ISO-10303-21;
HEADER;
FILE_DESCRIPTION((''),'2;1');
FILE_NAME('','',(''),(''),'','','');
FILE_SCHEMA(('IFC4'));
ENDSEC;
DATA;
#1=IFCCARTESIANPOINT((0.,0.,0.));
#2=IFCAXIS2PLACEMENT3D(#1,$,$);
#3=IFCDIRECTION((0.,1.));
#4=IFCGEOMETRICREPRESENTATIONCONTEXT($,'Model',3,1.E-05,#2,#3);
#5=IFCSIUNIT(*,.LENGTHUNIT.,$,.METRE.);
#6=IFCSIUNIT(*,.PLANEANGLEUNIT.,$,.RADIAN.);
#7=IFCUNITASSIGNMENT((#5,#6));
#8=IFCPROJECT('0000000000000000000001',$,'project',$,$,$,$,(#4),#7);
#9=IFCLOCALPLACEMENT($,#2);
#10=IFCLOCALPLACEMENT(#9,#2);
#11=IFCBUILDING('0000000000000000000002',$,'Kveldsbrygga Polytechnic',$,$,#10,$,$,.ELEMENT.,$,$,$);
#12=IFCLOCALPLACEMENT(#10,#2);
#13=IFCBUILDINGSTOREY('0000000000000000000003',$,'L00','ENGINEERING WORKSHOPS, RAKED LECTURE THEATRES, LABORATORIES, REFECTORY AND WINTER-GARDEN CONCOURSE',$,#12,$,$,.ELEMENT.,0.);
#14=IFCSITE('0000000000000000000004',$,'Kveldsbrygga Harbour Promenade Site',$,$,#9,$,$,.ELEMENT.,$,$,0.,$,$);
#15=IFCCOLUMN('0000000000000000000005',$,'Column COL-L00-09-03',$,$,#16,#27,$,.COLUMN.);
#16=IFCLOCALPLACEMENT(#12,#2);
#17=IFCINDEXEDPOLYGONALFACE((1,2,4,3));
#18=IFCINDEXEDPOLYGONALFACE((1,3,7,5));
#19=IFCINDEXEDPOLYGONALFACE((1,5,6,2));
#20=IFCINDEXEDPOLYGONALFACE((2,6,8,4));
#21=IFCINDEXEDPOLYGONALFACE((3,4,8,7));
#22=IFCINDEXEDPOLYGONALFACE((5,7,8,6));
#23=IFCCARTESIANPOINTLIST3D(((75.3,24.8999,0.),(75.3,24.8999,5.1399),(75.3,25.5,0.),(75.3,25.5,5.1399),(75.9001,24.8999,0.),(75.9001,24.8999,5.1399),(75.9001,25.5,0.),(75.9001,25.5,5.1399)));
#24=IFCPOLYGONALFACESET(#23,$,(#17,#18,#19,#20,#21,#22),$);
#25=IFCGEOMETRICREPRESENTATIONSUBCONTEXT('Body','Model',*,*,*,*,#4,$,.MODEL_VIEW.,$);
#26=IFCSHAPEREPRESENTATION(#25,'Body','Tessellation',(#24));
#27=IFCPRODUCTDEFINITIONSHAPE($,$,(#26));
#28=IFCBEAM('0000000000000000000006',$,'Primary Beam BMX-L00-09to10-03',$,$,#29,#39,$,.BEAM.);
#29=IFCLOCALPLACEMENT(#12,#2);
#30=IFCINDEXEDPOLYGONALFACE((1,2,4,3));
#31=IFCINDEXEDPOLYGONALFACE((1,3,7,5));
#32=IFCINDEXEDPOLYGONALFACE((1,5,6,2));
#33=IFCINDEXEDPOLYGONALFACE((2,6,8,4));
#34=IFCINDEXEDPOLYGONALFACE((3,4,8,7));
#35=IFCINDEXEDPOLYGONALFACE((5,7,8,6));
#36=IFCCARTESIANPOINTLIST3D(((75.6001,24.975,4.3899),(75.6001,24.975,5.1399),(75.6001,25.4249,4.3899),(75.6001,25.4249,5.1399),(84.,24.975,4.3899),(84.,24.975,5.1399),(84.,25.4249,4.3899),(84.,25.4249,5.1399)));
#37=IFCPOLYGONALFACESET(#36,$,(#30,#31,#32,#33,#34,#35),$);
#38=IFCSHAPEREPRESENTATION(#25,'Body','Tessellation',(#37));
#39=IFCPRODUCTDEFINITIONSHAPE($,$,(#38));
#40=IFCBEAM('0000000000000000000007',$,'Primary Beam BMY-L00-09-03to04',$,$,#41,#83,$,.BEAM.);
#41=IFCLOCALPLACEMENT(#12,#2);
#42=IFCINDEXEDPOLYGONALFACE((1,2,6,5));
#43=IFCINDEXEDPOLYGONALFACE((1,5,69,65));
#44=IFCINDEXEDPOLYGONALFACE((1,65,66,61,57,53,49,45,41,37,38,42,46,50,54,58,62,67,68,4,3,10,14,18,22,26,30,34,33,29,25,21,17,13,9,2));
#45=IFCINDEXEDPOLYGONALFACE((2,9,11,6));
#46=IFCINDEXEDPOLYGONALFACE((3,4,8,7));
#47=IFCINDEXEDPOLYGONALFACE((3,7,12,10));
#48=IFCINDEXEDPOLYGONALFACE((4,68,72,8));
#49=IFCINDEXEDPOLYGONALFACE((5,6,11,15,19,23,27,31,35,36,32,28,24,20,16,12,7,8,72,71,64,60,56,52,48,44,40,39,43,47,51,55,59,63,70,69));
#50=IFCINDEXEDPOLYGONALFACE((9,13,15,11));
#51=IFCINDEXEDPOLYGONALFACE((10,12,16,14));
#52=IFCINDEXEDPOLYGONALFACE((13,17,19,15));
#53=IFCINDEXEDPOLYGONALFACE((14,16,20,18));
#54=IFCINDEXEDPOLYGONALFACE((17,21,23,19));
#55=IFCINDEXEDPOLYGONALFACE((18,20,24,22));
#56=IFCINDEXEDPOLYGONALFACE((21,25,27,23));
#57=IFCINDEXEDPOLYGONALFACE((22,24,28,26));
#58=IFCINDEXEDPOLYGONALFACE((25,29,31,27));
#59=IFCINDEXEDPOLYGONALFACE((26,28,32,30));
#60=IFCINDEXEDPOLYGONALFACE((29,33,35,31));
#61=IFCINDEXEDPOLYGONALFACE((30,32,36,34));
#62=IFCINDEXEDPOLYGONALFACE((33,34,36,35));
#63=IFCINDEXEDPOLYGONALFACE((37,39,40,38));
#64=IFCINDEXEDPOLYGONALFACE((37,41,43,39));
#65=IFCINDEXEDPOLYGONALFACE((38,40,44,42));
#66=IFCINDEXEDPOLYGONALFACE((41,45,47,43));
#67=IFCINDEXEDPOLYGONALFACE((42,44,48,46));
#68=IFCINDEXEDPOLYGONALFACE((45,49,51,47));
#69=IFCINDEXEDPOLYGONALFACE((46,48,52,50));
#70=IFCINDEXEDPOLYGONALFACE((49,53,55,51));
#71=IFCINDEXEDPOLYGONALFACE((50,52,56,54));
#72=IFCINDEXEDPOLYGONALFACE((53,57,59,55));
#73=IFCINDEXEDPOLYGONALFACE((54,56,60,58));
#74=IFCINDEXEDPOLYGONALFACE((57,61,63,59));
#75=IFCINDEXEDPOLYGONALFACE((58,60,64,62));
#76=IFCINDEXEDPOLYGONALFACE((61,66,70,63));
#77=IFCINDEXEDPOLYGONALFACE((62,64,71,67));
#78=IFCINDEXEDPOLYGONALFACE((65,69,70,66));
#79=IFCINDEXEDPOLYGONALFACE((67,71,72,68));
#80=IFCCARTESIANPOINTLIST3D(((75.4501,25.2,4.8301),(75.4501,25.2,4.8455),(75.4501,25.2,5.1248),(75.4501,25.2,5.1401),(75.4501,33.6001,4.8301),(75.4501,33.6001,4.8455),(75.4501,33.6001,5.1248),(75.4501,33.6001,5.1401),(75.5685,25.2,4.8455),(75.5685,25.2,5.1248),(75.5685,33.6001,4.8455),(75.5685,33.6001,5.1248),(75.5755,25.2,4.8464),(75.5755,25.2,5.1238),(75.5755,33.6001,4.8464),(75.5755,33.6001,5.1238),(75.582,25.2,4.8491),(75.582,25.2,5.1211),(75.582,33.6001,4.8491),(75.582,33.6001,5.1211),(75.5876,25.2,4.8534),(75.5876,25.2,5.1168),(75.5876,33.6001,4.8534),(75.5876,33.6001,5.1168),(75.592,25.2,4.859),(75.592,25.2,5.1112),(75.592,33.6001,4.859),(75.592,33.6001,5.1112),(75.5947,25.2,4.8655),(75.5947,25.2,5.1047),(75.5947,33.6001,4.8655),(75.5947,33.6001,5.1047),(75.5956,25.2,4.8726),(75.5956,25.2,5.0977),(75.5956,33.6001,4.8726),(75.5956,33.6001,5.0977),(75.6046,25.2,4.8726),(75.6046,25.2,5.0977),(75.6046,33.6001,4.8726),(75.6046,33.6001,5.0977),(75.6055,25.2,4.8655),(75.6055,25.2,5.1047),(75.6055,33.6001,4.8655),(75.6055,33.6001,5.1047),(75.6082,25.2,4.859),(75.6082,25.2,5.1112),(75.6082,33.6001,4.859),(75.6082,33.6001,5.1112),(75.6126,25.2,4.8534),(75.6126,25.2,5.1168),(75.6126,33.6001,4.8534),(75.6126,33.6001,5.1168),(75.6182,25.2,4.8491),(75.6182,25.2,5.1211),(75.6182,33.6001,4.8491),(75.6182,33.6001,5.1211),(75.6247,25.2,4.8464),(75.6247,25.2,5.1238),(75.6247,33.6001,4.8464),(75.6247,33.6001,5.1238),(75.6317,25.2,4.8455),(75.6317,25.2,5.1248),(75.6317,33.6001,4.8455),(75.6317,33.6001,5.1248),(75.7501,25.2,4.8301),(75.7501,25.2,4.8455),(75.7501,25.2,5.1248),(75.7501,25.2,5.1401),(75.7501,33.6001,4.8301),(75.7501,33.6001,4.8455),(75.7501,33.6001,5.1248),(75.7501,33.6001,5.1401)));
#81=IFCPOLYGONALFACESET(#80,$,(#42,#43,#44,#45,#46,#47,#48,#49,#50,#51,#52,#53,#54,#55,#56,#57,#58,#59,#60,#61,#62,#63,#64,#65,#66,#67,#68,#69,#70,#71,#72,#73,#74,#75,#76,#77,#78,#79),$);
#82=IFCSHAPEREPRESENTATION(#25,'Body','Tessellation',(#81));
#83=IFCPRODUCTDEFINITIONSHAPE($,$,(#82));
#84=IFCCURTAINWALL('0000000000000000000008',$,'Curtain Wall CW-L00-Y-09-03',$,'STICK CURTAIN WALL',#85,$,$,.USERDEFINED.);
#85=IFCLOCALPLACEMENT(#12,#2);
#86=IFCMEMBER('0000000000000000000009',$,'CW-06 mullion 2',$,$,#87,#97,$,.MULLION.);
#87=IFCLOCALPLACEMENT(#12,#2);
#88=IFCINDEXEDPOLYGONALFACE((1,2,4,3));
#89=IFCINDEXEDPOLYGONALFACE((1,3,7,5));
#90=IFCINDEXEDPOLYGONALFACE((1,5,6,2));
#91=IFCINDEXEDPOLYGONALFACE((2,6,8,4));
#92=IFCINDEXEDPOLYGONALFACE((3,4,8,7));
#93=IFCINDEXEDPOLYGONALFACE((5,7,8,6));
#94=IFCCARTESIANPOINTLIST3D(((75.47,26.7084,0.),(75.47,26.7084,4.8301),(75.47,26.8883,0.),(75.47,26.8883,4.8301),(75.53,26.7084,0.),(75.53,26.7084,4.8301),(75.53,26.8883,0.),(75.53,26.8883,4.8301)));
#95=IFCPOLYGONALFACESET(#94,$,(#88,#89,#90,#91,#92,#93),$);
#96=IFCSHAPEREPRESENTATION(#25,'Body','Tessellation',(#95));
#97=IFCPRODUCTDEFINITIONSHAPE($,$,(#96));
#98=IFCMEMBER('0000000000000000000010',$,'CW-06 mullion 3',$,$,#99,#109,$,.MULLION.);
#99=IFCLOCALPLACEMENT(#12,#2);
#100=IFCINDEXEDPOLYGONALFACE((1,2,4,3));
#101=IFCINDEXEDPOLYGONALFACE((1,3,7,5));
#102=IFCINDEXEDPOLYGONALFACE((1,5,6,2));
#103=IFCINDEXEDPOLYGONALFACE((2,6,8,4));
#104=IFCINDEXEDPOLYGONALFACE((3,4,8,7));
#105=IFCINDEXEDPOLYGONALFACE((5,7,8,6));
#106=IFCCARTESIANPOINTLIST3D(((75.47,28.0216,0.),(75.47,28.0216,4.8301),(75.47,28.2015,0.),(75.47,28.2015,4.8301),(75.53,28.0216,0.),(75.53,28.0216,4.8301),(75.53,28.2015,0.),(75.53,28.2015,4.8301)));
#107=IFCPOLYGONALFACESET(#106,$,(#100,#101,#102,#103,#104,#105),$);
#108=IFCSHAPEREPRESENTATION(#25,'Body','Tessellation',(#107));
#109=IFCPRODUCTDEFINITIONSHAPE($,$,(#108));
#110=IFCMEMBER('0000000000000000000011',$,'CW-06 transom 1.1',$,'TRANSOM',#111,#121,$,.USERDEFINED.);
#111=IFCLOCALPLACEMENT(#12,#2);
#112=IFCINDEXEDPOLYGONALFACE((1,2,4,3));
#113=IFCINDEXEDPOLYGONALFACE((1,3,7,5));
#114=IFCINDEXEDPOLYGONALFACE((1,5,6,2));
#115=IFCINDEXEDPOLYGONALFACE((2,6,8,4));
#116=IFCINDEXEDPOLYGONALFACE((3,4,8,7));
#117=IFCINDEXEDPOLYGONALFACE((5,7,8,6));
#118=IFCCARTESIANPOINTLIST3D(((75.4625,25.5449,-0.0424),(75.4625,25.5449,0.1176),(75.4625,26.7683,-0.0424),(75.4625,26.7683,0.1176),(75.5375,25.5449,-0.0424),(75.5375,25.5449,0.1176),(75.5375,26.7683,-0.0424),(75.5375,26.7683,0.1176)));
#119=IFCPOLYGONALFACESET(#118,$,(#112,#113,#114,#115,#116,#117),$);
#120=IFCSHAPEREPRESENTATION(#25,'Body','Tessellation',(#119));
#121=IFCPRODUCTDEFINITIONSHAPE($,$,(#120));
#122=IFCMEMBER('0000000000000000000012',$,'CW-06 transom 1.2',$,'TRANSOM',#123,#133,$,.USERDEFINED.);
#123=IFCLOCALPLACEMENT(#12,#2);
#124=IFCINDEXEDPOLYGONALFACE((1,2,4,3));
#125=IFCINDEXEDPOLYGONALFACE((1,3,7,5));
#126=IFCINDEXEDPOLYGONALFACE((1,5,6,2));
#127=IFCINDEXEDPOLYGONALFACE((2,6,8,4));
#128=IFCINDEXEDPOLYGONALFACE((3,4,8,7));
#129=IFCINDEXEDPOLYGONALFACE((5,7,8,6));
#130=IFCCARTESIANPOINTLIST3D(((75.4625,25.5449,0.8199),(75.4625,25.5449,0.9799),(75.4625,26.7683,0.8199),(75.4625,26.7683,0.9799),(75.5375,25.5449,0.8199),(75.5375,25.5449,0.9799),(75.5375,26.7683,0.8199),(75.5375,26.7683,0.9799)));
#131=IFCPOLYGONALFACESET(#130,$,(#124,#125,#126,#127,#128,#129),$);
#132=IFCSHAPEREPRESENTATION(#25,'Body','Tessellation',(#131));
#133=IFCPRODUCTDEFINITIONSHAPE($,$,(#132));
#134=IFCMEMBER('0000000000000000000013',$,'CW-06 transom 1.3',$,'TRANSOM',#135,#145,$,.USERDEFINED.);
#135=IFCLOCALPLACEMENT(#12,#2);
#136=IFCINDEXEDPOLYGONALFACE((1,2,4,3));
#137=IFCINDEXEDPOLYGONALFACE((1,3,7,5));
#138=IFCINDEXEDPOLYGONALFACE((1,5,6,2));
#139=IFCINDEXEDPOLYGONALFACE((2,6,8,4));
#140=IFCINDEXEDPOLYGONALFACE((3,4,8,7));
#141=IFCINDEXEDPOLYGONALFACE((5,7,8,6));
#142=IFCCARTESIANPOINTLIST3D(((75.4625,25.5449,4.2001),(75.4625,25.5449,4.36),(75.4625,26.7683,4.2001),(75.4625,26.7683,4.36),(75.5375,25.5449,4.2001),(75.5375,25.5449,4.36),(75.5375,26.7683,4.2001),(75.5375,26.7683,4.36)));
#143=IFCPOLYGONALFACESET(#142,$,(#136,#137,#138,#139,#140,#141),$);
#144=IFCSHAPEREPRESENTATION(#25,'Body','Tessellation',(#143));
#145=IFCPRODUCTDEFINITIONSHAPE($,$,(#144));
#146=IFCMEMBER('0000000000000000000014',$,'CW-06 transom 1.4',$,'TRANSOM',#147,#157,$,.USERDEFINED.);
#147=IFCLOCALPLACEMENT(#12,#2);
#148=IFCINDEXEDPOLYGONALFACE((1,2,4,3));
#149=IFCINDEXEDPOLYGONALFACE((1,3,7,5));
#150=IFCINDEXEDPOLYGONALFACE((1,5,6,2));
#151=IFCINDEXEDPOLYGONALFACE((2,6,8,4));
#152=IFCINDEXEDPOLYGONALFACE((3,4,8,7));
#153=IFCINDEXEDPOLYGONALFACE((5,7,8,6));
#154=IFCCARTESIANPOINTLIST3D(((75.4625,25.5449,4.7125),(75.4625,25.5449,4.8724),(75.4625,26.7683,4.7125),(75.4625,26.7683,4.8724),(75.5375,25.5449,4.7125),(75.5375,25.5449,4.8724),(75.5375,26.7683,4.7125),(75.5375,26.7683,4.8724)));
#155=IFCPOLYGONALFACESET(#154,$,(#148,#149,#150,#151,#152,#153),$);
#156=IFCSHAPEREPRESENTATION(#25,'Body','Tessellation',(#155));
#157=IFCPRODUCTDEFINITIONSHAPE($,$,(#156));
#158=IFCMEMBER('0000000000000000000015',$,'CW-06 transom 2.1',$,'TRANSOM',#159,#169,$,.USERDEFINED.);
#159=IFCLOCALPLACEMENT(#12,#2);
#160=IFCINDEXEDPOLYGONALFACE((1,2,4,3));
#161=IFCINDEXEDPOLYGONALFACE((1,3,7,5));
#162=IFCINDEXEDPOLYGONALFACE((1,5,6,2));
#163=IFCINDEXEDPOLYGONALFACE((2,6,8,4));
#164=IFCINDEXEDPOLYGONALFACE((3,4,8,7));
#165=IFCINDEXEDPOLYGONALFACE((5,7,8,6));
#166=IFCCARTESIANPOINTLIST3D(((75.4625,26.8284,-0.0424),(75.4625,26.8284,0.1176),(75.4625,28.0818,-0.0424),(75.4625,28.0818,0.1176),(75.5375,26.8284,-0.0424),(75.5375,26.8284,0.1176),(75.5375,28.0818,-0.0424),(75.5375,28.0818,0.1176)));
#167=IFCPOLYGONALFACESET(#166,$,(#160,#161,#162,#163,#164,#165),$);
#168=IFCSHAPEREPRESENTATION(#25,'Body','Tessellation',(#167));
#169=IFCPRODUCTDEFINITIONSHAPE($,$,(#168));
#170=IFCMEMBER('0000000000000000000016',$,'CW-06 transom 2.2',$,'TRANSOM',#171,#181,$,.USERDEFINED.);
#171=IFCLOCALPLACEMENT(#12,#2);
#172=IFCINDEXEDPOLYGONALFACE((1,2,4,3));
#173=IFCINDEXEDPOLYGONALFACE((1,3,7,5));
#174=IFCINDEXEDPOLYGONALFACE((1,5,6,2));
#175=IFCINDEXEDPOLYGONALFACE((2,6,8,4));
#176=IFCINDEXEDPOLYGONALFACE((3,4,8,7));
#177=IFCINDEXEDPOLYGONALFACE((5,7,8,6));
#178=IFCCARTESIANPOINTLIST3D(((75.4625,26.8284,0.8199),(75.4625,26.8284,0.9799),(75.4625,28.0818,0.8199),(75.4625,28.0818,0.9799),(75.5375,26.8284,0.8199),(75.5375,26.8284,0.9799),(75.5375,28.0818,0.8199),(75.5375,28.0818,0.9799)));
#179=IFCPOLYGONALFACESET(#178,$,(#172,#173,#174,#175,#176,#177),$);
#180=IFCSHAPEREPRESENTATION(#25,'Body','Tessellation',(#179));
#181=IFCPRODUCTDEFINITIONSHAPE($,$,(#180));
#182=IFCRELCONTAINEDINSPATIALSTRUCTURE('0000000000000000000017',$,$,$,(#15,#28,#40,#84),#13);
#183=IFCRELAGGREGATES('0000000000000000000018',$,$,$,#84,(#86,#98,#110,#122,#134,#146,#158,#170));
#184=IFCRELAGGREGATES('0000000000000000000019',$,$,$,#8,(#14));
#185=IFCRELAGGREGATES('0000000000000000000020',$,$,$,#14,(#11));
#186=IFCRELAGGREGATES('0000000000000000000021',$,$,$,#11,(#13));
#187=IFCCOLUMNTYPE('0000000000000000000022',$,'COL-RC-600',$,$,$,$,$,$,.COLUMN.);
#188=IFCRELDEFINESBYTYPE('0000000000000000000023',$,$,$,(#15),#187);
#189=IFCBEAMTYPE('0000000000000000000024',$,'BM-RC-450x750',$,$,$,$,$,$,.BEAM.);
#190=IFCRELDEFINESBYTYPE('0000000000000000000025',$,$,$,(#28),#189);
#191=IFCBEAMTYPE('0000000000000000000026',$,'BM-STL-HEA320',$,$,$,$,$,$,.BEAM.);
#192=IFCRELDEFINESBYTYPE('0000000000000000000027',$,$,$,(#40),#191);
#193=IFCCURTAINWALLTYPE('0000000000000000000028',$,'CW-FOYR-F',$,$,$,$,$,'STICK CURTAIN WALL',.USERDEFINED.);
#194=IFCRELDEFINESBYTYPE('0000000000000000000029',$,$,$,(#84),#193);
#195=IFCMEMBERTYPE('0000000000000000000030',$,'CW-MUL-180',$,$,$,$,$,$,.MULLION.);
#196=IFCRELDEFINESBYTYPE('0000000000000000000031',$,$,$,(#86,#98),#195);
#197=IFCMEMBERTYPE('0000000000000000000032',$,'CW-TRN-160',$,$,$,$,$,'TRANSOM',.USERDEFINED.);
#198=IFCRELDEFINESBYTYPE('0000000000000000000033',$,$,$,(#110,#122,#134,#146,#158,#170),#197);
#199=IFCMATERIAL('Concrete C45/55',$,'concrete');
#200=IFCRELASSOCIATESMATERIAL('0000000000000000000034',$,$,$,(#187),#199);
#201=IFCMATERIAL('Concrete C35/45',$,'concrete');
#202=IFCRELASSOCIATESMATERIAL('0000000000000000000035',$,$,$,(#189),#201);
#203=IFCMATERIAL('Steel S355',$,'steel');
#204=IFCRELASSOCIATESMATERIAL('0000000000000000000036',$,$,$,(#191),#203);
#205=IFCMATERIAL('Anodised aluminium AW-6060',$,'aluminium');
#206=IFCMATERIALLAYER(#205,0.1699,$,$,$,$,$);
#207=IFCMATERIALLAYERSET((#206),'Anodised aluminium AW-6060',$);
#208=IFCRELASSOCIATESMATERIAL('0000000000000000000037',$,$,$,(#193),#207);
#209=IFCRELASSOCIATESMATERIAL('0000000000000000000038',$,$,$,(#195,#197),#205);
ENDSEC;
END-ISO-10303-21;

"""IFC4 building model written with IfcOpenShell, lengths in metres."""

from ifc_helpers import new_model, si_unit, direction, frame, origin, origin_2d, place, context, subcontext, project, spatial, rectangle, i_section, extrude, material, layer, layer_set, material_profile, profile_set, type_object, element, aggregate, save


model = new_model("IFC4")

# Units and contexts
model_context = context("Model", 3, precision=1e-05, world=origin(), true_north=direction((0.0, 1.0)))
body_context = subcontext(model_context, "Body", "Model", "MODEL_VIEW")
ifc_project = project(units=[si_unit("LENGTHUNIT", "METRE"), si_unit("PLANEANGLEUNIT", "RADIAN")], contexts=[model_context])

# Site, building, storey
site_placement = place(None, origin())
site = spatial("IfcSite", under=ifc_project, at=site_placement, Name="Kveldsbrygga Harbour Promenade Site", CompositionType="ELEMENT", RefElevation=0.0)
building_placement = place(site_placement, origin())
building = spatial("IfcBuilding", under=site, at=building_placement, Name="Kveldsbrygga Polytechnic", CompositionType="ELEMENT")
storey_placement = place(building_placement, origin())
storey = spatial("IfcBuildingStorey", under=building, at=storey_placement, Name="L00", Description="ENGINEERING WORKSHOPS, RAKED LECTURE THEATRES, LABORATORIES, REFECTORY AND WINTER-GARDEN CONCOURSE", CompositionType="ELEMENT", Elevation=0.0)

# Column
ifc_material_1 = material(Name="Concrete C45/55", Category="concrete")
ifc_material_profile_1 = material_profile(ifc_material_1, rectangle(XDim=0.6001, YDim=0.6001, at=origin_2d()), Name="RC 600x600")
ifc_profile_set_1 = profile_set([ifc_material_profile_1], Name="Concrete C45/55")
column_type = type_object("IfcColumnType", Name="COL-RC-600", PredefinedType="COLUMN", material=ifc_profile_set_1)
column_placement = place(storey_placement, frame((75.6001, 25.2, 0.0), z_axis=(0.0, 0.0, 1.0), x_axis=(1.0, 0.0, 0.0)))
element("IfcColumn", 1, at=column_placement, inside=storey, type_object=column_type, Name="Column COL-L00-09-03", PredefinedType="COLUMN", context=body_context, shape_type="SweptSolid", body=[
    extrude(rectangle(XDim=0.6001, YDim=0.6001, at=origin_2d()), origin(), (0.0, 0.0, 1.0), 5.1399),
])

# Beams
ifc_material_2 = material(Name="Concrete C35/45", Category="concrete")
ifc_material_profile_2 = material_profile(ifc_material_2, rectangle(XDim=0.45, YDim=0.75, at=origin_2d()), Name="RC 450x750")
ifc_profile_set_2 = profile_set([ifc_material_profile_2], Name="Concrete C35/45")
beam_type_1 = type_object("IfcBeamType", Name="BM-RC-450x750", PredefinedType="BEAM", material=ifc_profile_set_2)
beam_1_placement = place(storey_placement, frame((75.6001, 25.2, 4.7649), z_axis=(1.0, 0.0, 0.0), x_axis=(0.0, 1.0, 0.0)))
element("IfcBeam", 2, at=beam_1_placement, inside=storey, type_object=beam_type_1, Name="Primary Beam BMX-L00-09to10-03", PredefinedType="BEAM", context=body_context, shape_type="SweptSolid", body=[
    extrude(rectangle(XDim=0.45, YDim=0.75, at=origin_2d()), origin(), (0.0, 0.0, 1.0), 8.3999),
])
ifc_material_3 = material(Name="Steel S355", Category="steel")
ifc_material_profile_3 = material_profile(ifc_material_3, i_section(OverallWidth=0.3, OverallDepth=0.3101, WebThickness=0.009, FlangeThickness=0.0154, FilletRadius=0.0271, at=origin_2d()), Name="HEA 320")
ifc_profile_set_3 = profile_set([ifc_material_profile_3], Name="Steel S355")
beam_type_2 = type_object("IfcBeamType", Name="BM-STL-HEA320", PredefinedType="BEAM", material=ifc_profile_set_3)
beam_2_placement = place(storey_placement, frame((75.6001, 25.2, 4.9851), z_axis=(0.0, 1.0, 0.0), x_axis=(-1.0, 0.0, 0.0)))
element("IfcBeam", 3, at=beam_2_placement, inside=storey, type_object=beam_type_2, Name="Primary Beam BMY-L00-09-03to04", PredefinedType="BEAM", context=body_context, shape_type="SweptSolid", body=[
    extrude(i_section(OverallWidth=0.3, OverallDepth=0.3101, WebThickness=0.009, FlangeThickness=0.0154, FilletRadius=0.0271, at=origin_2d()), origin(), (0.0, 0.0, 1.0), 8.4001),
])

# Curtain wall, members
ifc_material_4 = material(Name="Anodised aluminium AW-6060", Category="aluminium")
ifc_layer_1 = layer(ifc_material_4, 0.1699)
ifc_layer_set_1 = layer_set([ifc_layer_1], Name="Anodised aluminium AW-6060")
curtain_wall_type = type_object("IfcCurtainWallType", Name="CW-FOYR-F", ElementType="STICK CURTAIN WALL", PredefinedType="USERDEFINED", material=ifc_layer_set_1)
curtain_wall_placement = place(storey_placement, origin())
curtain_wall = element("IfcCurtainWall", 4, at=curtain_wall_placement, inside=storey, type_object=curtain_wall_type, Name="Curtain Wall CW-L00-Y-09-03", ObjectType="STICK CURTAIN WALL", PredefinedType="USERDEFINED")
ifc_material_profile_4 = material_profile(ifc_material_4, rectangle(XDim=0.0601, YDim=0.1799, at=origin_2d()), Name="ALU 60x180")
ifc_profile_set_4 = profile_set([ifc_material_profile_4], Name="Anodised aluminium AW-6060")
member_type_1 = type_object("IfcMemberType", Name="CW-MUL-180", PredefinedType="MULLION", material=ifc_profile_set_4)
member_1_placement = place(storey_placement, frame((75.5, 26.7983, 0.0), z_axis=(0.0, 0.0, 1.0), x_axis=(-1.0, 0.0, 0.0)))
member_1 = element("IfcMember", 5, at=member_1_placement, type_object=member_type_1, Name="CW-06 mullion 2", PredefinedType="MULLION", context=body_context, shape_type="SweptSolid", body=[
    extrude(rectangle(XDim=0.0601, YDim=0.1799, at=origin_2d()), origin(), (0.0, 0.0, 1.0), 4.8301),
])
member_2_placement = place(storey_placement, frame((75.5, 28.1116, 0.0), z_axis=(0.0, 0.0, 1.0), x_axis=(-1.0, 0.0, 0.0)))
member_2 = element("IfcMember", 6, at=member_2_placement, type_object=member_type_1, Name="CW-06 mullion 3", PredefinedType="MULLION", context=body_context, shape_type="SweptSolid", body=[
    extrude(rectangle(XDim=0.0601, YDim=0.1799, at=origin_2d()), origin(), (0.0, 0.0, 1.0), 4.8301),
])
ifc_material_profile_5 = material_profile(ifc_material_4, rectangle(XDim=0.075, YDim=0.1599, at=origin_2d()), Name="ALU 75x160")
ifc_profile_set_5 = profile_set([ifc_material_profile_5], Name="Anodised aluminium AW-6060")
member_type_2 = type_object("IfcMemberType", Name="CW-TRN-160", ElementType="TRANSOM", PredefinedType="USERDEFINED", material=ifc_profile_set_5)
member_3_placement = place(storey_placement, frame((75.5, 25.5449, 0.0376), z_axis=(0.0, 1.0, 0.0), x_axis=(-1.0, 0.0, 0.0)))
member_3 = element("IfcMember", 7, at=member_3_placement, type_object=member_type_2, Name="CW-06 transom 1.1", ObjectType="TRANSOM", PredefinedType="USERDEFINED", context=body_context, shape_type="SweptSolid", body=[
    extrude(rectangle(XDim=0.075, YDim=0.1599, at=origin_2d()), origin(), (0.0, 0.0, 1.0), 1.2234),
])
member_4_placement = place(storey_placement, frame((75.5, 25.5449, 0.8999), z_axis=(0.0, 1.0, 0.0), x_axis=(-1.0, 0.0, 0.0)))
member_4 = element("IfcMember", 8, at=member_4_placement, type_object=member_type_2, Name="CW-06 transom 1.2", ObjectType="TRANSOM", PredefinedType="USERDEFINED", context=body_context, shape_type="SweptSolid", body=[
    extrude(rectangle(XDim=0.075, YDim=0.1599, at=origin_2d()), origin(), (0.0, 0.0, 1.0), 1.2234),
])
member_5_placement = place(storey_placement, frame((75.5, 25.5449, 4.28), z_axis=(0.0, 1.0, 0.0), x_axis=(-1.0, 0.0, 0.0)))
member_5 = element("IfcMember", 9, at=member_5_placement, type_object=member_type_2, Name="CW-06 transom 1.3", ObjectType="TRANSOM", PredefinedType="USERDEFINED", context=body_context, shape_type="SweptSolid", body=[
    extrude(rectangle(XDim=0.075, YDim=0.1599, at=origin_2d()), origin(), (0.0, 0.0, 1.0), 1.2234),
])
member_6_placement = place(storey_placement, frame((75.5, 25.5449, 4.7925), z_axis=(0.0, 1.0, 0.0), x_axis=(-1.0, 0.0, 0.0)))
member_6 = element("IfcMember", 10, at=member_6_placement, type_object=member_type_2, Name="CW-06 transom 1.4", ObjectType="TRANSOM", PredefinedType="USERDEFINED", context=body_context, shape_type="SweptSolid", body=[
    extrude(rectangle(XDim=0.075, YDim=0.1599, at=origin_2d()), origin(), (0.0, 0.0, 1.0), 1.2234),
])
member_7_placement = place(storey_placement, frame((75.5, 26.8284, 0.0376), z_axis=(0.0, 1.0, 0.0), x_axis=(-1.0, 0.0, 0.0)))
member_7 = element("IfcMember", 11, at=member_7_placement, type_object=member_type_2, Name="CW-06 transom 2.1", ObjectType="TRANSOM", PredefinedType="USERDEFINED", context=body_context, shape_type="SweptSolid", body=[
    extrude(rectangle(XDim=0.075, YDim=0.1599, at=origin_2d()), origin(), (0.0, 0.0, 1.0), 1.2534),
])
member_8_placement = place(storey_placement, frame((75.5, 26.8284, 0.8999), z_axis=(0.0, 1.0, 0.0), x_axis=(-1.0, 0.0, 0.0)))
member_8 = element("IfcMember", 12, at=member_8_placement, type_object=member_type_2, Name="CW-06 transom 2.2", ObjectType="TRANSOM", PredefinedType="USERDEFINED", context=body_context, shape_type="SweptSolid", body=[
    extrude(rectangle(XDim=0.075, YDim=0.1599, at=origin_2d()), origin(), (0.0, 0.0, 1.0), 1.2534),
])

aggregate(curtain_wall, [member_1, member_2, member_3, member_4, member_5, member_6, member_7, member_8])

save(model, "model.ifc")
